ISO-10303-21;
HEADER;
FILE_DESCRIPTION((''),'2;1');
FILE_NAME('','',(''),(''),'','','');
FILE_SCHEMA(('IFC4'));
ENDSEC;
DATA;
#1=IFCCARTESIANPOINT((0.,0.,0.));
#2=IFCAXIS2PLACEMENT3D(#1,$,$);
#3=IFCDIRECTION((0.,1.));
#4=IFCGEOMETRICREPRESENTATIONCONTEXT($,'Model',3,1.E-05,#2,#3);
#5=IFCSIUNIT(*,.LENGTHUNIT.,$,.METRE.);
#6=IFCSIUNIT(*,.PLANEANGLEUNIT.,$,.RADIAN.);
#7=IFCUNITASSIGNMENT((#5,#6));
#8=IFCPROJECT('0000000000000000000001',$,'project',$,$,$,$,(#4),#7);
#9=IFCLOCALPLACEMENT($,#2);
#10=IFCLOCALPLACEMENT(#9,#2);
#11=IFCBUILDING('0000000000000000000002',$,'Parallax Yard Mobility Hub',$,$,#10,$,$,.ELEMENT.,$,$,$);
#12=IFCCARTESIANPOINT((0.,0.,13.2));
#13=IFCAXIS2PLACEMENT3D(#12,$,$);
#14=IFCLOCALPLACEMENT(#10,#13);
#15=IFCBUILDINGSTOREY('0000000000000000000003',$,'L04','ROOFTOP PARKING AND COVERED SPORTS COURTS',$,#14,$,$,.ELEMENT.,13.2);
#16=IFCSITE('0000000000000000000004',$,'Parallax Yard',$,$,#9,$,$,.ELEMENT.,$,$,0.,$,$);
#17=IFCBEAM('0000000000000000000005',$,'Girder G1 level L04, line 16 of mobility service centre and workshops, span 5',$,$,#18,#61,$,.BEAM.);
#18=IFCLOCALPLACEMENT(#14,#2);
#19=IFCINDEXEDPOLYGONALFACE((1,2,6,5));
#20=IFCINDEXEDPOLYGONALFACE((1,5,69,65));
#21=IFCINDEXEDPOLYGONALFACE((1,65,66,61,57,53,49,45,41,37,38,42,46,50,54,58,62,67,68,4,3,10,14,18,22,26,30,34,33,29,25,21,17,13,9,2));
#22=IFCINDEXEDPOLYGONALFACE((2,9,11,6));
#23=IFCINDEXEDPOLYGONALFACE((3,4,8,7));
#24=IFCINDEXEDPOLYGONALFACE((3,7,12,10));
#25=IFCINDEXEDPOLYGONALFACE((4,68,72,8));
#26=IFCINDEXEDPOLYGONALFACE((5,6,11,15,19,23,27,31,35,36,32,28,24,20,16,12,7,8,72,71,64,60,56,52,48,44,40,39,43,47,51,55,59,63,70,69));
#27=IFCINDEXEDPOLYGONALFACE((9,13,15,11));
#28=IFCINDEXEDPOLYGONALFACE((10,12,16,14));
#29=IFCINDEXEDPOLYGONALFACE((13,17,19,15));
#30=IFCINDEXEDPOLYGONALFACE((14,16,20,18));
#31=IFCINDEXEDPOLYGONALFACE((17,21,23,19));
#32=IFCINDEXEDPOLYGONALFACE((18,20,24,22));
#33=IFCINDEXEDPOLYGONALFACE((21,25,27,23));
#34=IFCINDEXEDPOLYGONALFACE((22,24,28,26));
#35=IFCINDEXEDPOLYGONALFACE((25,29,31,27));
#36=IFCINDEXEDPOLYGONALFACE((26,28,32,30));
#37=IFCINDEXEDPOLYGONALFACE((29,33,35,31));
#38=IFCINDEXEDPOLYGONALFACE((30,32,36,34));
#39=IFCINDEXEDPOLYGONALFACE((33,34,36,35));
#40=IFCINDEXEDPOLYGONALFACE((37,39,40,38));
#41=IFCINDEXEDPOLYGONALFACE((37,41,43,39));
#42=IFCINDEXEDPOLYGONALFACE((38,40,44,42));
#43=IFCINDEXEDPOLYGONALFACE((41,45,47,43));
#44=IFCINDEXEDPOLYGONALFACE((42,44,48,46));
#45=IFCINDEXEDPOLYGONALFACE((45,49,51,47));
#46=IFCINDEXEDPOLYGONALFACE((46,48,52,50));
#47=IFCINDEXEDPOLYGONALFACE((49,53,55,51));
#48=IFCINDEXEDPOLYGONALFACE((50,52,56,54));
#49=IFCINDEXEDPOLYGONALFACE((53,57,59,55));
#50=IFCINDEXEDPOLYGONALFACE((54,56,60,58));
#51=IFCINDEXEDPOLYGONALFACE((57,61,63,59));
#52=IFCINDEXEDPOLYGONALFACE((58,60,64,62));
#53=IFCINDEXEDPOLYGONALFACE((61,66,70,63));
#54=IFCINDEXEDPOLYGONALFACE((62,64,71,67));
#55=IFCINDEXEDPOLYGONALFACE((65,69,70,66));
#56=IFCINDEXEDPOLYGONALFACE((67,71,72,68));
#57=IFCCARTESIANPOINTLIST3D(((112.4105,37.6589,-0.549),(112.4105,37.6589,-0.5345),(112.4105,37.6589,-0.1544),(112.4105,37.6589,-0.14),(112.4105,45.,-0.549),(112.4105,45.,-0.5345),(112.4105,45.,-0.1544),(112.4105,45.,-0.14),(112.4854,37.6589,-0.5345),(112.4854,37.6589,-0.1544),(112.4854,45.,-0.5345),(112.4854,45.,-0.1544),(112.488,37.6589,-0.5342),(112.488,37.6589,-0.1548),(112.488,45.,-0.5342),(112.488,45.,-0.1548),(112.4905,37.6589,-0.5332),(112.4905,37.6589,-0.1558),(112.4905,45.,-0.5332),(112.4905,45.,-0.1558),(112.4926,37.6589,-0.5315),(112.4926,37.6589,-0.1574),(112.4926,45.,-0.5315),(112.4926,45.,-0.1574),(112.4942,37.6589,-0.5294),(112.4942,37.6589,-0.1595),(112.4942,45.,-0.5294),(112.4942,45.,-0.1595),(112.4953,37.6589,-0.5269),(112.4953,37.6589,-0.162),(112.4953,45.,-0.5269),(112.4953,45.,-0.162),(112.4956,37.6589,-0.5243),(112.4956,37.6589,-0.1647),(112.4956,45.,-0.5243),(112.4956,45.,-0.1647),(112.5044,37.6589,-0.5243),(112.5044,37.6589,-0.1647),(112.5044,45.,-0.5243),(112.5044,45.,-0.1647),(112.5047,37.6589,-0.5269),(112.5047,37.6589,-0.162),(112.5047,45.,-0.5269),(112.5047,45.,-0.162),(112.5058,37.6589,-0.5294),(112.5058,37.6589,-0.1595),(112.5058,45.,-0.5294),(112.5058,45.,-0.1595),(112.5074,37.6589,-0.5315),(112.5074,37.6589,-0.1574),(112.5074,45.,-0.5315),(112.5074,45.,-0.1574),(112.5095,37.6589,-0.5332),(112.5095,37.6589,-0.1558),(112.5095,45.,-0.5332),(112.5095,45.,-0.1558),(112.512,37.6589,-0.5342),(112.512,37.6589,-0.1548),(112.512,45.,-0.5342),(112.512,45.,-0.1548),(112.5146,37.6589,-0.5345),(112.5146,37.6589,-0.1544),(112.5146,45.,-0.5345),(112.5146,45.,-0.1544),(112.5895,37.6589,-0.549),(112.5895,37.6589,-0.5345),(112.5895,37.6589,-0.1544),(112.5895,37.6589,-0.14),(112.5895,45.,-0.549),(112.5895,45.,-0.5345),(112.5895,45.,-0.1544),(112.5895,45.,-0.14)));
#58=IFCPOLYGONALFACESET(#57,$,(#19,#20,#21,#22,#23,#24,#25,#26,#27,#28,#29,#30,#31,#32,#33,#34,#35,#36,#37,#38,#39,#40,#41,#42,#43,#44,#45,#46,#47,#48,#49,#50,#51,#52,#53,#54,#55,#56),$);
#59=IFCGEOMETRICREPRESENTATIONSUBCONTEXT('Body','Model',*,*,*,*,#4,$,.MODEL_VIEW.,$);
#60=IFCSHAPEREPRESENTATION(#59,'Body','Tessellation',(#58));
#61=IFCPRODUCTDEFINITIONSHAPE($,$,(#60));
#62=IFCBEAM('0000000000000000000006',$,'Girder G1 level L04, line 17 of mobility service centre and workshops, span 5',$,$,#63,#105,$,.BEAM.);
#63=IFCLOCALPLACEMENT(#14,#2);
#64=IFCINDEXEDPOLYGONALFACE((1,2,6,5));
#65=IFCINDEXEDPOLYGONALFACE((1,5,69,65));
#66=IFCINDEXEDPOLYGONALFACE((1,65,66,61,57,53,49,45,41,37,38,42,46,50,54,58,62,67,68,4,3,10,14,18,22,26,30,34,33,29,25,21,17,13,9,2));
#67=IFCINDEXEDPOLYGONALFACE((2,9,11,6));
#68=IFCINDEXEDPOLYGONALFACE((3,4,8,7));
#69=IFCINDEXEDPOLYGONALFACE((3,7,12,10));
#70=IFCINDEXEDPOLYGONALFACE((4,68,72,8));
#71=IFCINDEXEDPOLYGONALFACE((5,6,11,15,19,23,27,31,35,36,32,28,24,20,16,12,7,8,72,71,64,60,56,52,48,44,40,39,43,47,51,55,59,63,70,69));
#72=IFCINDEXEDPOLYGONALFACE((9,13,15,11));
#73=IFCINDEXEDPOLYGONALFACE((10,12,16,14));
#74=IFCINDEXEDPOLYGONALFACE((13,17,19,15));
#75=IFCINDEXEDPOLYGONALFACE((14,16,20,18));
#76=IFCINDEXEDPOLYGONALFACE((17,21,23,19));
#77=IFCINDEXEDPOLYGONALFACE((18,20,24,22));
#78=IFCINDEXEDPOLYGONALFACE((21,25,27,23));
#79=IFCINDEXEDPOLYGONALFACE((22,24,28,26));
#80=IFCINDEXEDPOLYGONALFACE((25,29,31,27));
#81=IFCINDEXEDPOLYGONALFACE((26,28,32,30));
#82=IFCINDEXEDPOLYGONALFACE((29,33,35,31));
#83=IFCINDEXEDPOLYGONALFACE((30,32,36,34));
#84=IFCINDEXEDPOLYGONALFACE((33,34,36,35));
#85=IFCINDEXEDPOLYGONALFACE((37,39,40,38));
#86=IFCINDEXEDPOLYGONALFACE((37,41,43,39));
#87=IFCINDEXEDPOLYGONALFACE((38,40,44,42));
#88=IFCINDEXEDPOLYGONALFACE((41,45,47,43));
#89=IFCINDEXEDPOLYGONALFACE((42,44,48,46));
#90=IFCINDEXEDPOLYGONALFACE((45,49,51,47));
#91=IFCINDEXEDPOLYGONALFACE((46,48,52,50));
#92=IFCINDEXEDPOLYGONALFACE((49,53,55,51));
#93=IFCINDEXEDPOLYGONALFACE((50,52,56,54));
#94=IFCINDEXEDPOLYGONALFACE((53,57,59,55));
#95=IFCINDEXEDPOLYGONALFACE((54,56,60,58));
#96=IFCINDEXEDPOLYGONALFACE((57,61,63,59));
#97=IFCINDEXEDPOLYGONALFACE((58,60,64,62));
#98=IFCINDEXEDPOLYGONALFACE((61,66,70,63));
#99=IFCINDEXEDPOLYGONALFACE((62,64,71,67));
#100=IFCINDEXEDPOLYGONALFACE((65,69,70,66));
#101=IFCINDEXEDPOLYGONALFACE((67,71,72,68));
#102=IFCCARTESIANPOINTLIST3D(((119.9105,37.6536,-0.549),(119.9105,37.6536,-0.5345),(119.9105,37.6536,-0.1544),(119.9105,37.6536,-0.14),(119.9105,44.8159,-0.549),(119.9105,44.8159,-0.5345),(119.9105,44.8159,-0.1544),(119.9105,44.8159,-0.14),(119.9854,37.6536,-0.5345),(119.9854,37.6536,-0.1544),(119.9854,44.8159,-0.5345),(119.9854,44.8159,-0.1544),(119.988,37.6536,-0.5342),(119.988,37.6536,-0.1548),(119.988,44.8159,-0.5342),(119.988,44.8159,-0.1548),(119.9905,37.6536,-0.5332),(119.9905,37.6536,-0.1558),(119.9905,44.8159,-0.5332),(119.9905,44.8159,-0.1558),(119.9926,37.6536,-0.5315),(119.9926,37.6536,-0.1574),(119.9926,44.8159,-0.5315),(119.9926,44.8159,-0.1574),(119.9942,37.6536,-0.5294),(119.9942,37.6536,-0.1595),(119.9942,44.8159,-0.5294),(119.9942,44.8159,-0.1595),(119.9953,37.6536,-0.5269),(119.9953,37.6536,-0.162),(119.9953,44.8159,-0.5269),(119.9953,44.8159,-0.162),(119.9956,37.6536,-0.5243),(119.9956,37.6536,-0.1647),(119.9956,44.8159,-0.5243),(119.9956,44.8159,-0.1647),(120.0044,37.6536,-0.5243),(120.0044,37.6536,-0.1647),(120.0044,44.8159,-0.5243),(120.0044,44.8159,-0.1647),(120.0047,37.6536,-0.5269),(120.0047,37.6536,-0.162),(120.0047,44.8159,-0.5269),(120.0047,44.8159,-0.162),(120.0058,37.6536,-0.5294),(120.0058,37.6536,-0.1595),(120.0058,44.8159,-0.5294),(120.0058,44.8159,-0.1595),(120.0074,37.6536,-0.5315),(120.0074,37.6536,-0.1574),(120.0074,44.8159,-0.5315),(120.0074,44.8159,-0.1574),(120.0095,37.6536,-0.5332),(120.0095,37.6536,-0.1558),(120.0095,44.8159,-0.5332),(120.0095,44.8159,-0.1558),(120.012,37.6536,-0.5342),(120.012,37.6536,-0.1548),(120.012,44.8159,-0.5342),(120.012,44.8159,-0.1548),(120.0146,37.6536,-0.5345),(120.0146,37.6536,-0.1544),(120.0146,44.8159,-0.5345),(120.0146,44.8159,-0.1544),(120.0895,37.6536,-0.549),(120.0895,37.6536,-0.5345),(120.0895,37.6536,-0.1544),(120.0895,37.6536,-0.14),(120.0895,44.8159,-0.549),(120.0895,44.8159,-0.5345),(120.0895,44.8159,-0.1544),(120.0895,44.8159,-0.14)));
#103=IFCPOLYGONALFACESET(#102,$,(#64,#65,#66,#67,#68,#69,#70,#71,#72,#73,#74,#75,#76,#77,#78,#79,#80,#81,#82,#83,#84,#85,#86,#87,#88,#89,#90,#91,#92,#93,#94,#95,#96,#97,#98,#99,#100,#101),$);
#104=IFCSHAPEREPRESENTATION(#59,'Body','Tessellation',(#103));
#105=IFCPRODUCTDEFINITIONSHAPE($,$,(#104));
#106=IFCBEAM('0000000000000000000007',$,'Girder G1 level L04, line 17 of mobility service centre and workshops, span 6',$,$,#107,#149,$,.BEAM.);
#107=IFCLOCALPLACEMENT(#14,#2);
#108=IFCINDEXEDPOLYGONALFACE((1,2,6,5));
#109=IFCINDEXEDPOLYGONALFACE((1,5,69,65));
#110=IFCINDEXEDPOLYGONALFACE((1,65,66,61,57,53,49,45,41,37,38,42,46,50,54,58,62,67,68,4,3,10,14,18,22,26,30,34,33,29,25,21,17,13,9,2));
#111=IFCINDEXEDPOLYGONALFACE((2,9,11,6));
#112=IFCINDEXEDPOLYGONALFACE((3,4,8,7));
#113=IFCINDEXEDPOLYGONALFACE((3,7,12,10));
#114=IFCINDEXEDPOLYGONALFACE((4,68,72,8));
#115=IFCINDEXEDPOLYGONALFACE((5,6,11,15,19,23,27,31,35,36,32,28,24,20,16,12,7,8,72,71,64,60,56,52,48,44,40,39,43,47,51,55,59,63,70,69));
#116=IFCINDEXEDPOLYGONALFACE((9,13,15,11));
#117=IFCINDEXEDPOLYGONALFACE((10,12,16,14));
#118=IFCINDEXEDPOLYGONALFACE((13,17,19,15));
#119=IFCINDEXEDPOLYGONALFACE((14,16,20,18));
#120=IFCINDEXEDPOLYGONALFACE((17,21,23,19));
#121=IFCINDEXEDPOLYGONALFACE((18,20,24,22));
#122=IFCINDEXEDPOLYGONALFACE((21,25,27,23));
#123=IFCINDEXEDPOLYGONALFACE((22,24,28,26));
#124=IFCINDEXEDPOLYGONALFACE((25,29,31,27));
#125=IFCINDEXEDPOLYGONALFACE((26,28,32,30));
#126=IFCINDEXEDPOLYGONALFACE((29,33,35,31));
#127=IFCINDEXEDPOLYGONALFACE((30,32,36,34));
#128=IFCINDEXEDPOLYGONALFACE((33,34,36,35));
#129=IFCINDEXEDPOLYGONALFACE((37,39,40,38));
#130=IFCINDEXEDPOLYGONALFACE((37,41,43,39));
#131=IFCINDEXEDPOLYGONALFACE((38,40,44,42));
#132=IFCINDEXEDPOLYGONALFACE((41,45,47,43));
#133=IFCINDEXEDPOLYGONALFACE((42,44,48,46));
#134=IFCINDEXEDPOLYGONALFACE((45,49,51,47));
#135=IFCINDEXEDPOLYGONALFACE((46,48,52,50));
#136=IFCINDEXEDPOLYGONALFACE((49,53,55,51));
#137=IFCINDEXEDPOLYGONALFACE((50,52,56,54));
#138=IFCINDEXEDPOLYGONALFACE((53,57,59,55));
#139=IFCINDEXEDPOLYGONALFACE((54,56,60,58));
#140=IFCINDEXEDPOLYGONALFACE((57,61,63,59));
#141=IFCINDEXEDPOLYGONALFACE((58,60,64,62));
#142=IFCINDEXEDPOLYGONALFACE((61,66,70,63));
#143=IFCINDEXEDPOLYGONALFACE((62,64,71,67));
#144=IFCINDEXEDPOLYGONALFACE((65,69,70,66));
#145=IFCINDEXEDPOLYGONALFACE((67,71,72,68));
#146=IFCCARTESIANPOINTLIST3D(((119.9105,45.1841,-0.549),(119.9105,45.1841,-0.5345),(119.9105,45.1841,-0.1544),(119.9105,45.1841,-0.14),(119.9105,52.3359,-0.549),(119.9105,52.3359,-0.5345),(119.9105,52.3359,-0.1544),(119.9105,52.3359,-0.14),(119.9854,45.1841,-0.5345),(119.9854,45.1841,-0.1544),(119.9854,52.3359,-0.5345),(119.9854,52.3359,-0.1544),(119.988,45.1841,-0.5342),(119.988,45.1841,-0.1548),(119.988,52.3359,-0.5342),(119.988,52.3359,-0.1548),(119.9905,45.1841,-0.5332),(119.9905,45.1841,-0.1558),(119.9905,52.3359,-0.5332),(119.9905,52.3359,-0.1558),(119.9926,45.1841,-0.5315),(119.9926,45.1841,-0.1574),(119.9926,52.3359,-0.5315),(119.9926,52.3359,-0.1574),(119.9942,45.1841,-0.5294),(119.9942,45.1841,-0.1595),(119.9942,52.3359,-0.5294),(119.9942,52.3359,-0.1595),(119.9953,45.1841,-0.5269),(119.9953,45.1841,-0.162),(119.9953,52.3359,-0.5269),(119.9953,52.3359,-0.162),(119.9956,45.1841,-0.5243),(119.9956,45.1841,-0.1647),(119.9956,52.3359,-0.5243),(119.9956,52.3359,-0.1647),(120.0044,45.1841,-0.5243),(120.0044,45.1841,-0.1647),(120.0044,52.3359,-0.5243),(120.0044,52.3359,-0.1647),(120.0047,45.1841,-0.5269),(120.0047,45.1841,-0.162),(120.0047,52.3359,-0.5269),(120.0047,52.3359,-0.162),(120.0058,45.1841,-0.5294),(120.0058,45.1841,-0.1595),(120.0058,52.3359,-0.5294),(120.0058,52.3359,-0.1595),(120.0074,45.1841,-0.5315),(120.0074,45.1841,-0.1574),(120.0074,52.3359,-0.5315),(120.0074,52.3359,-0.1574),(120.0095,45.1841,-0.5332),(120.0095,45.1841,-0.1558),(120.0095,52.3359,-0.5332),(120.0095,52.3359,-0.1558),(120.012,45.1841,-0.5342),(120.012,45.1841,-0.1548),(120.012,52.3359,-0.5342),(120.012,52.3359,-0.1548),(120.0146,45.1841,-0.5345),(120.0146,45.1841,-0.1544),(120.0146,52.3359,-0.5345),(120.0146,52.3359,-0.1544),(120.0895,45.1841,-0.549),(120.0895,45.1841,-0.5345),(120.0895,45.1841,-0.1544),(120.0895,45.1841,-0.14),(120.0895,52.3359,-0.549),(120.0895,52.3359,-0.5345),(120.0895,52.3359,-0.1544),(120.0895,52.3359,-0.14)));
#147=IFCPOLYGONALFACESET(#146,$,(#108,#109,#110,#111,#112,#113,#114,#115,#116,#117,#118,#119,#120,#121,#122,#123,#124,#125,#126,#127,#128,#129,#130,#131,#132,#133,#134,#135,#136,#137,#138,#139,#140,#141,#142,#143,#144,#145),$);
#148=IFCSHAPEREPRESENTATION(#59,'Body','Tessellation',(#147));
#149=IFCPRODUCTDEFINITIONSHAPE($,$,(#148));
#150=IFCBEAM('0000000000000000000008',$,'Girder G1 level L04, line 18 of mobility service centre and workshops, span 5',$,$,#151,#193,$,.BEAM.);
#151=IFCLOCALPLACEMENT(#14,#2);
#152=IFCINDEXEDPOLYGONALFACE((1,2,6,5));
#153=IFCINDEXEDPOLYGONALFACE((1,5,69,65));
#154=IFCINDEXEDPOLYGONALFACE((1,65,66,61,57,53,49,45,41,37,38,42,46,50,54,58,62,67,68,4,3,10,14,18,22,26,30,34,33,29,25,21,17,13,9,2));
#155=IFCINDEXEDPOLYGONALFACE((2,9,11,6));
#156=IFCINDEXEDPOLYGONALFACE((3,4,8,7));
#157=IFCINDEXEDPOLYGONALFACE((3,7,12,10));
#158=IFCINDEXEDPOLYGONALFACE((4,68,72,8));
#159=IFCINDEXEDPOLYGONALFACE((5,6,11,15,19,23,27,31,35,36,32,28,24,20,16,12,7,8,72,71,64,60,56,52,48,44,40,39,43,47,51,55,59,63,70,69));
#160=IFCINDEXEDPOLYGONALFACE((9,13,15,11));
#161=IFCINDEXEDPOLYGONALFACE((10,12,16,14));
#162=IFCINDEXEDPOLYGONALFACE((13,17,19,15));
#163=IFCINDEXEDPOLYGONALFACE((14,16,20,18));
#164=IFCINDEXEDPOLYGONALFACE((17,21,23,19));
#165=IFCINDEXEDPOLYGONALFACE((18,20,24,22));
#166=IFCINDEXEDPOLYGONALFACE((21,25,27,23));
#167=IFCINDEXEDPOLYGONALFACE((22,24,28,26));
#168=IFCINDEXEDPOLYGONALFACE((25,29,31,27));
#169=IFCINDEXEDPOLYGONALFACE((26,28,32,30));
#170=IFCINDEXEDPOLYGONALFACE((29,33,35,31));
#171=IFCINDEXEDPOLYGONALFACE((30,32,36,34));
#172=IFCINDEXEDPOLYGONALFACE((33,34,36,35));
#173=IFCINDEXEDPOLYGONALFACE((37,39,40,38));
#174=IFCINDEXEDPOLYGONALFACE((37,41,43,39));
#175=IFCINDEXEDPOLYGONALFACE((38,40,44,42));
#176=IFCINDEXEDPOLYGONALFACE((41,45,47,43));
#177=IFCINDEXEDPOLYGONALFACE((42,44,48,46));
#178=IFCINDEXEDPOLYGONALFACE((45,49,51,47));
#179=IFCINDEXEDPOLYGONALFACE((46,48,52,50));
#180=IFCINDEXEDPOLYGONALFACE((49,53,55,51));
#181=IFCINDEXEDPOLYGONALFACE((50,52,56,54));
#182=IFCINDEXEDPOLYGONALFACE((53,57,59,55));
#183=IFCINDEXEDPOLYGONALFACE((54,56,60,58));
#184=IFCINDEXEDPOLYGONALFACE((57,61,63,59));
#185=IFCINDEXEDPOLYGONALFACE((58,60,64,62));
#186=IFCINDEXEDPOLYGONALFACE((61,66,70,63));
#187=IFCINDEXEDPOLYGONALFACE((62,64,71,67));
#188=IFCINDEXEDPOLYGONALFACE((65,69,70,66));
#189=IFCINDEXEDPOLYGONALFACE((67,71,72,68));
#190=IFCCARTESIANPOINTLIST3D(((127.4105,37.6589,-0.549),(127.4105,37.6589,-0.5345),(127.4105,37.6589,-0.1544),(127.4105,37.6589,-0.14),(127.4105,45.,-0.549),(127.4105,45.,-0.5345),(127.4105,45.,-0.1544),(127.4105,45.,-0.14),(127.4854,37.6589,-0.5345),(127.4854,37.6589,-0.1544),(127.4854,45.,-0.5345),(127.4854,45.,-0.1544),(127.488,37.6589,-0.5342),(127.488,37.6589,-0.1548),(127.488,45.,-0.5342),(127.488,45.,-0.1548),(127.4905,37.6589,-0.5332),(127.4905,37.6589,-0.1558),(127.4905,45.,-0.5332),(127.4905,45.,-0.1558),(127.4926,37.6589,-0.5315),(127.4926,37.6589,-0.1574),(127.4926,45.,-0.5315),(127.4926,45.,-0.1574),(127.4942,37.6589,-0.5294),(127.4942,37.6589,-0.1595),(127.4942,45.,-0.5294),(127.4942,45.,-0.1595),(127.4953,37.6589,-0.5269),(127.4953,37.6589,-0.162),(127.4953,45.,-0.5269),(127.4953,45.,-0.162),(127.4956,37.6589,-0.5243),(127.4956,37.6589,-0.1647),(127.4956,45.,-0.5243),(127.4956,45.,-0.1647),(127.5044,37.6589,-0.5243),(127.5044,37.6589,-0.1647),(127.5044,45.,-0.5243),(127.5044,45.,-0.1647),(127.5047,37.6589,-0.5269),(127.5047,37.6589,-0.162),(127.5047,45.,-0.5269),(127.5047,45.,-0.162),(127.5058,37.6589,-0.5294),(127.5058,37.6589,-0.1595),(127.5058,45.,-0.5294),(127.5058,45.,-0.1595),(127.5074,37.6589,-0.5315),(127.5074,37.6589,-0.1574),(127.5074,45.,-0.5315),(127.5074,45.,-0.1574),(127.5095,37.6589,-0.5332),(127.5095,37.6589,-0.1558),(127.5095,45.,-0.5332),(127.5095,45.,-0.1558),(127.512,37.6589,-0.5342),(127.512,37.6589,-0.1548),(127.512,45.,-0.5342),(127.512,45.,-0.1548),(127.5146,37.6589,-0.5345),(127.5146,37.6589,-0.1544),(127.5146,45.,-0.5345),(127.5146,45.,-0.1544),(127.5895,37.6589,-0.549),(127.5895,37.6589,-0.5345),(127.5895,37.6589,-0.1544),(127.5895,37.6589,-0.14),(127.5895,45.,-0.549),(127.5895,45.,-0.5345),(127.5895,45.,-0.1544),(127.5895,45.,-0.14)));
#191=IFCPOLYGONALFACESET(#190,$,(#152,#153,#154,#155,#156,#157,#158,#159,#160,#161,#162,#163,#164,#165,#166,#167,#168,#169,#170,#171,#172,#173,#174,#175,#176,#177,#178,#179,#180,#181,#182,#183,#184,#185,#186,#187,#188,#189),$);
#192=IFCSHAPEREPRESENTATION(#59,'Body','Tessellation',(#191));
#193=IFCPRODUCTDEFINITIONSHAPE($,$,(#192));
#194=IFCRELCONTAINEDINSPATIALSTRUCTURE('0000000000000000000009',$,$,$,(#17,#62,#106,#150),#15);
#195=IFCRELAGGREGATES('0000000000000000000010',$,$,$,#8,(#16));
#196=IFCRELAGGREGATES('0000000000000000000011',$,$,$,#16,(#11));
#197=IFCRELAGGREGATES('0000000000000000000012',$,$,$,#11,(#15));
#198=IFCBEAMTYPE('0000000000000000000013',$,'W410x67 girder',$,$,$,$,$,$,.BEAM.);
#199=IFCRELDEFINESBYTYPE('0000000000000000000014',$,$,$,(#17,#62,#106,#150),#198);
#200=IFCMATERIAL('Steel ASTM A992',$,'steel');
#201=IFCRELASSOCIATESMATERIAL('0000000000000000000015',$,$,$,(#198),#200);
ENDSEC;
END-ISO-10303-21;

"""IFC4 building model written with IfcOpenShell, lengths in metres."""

from ifc_helpers import new_model, si_unit, direction, frame, origin, origin_2d, place, context, subcontext, project, spatial, i_section, extrude, material, material_profile, profile_set, type_object, element, save


model = new_model("IFC4")

# Units and contexts
model_context = context("Model", 3, precision=1e-05, world=origin(), true_north=direction((0.0, 1.0)))
body_context = subcontext(model_context, "Body", "Model", "MODEL_VIEW")
ifc_project = project(units=[si_unit("LENGTHUNIT", "METRE"), si_unit("PLANEANGLEUNIT", "RADIAN")], contexts=[model_context])

# Site, building, storey
site_placement = place(None, origin())
site = spatial("IfcSite", under=ifc_project, at=site_placement, Name="Parallax Yard", CompositionType="ELEMENT", RefElevation=0.0)
building_placement = place(site_placement, origin())
building = spatial("IfcBuilding", under=site, at=building_placement, Name="Parallax Yard Mobility Hub", CompositionType="ELEMENT")
storey_placement = place(building_placement, frame((0.0, 0.0, 13.2)))
storey = spatial("IfcBuildingStorey", under=building, at=storey_placement, Name="L04", Description="ROOFTOP PARKING AND COVERED SPORTS COURTS", CompositionType="ELEMENT", Elevation=13.2)

# Shared definitions
ifc_material_1 = material(Name="Steel ASTM A992", Category="steel")

# Beams
ifc_material_profile_1 = material_profile(ifc_material_1, i_section(OverallWidth=0.179, OverallDepth=0.4089, WebThickness=0.0088, FlangeThickness=0.0144, FilletRadius=0.0103, at=origin_2d()), Name="W410x67")
ifc_profile_set_1 = profile_set([ifc_material_profile_1], Name="Steel ASTM A992")
beam_type_1 = type_object("IfcBeamType", Name="W410x67 girder", PredefinedType="BEAM", material=ifc_profile_set_1)
beam_1_placement = place(storey_placement, frame((112.5, 37.6589, -0.3445), z_axis=(0.0, 1.0, 0.0), x_axis=(-1.0, 0.0, 0.0)))
element("IfcBeam", 1, at=beam_1_placement, inside=storey, type_object=beam_type_1, Name="Girder G1 level L04, line 16 of mobility service centre and workshops, span 5", PredefinedType="BEAM", context=body_context, shape_type="SweptSolid", body=[
    extrude(i_section(OverallWidth=0.179, OverallDepth=0.4089, WebThickness=0.0088, FlangeThickness=0.0144, FilletRadius=0.0103, at=origin_2d()), origin(), (0.0, 0.0, 1.0), 7.3411),
])
beam_2_placement = place(storey_placement, frame((120.0, 37.6536, -0.3445), z_axis=(0.0, 1.0, 0.0), x_axis=(-1.0, 0.0, 0.0)))
element("IfcBeam", 2, at=beam_2_placement, inside=storey, type_object=beam_type_1, Name="Girder G1 level L04, line 17 of mobility service centre and workshops, span 5", PredefinedType="BEAM", context=body_context, shape_type="SweptSolid", body=[
    extrude(i_section(OverallWidth=0.179, OverallDepth=0.4089, WebThickness=0.0088, FlangeThickness=0.0144, FilletRadius=0.0103, at=origin_2d()), origin(), (0.0, 0.0, 1.0), 7.1624),
])
beam_3_placement = place(storey_placement, frame((120.0, 45.1841, -0.3445), z_axis=(0.0, 1.0, 0.0), x_axis=(-1.0, 0.0, 0.0)))
element("IfcBeam", 3, at=beam_3_placement, inside=storey, type_object=beam_type_1, Name="Girder G1 level L04, line 17 of mobility service centre and workshops, span 6", PredefinedType="BEAM", context=body_context, shape_type="SweptSolid", body=[
    extrude(i_section(OverallWidth=0.179, OverallDepth=0.4089, WebThickness=0.0088, FlangeThickness=0.0144, FilletRadius=0.0103, at=origin_2d()), origin(), (0.0, 0.0, 1.0), 7.1519),
])
beam_4_placement = place(storey_placement, frame((127.5, 37.6589, -0.3445), z_axis=(0.0, 1.0, 0.0), x_axis=(-1.0, 0.0, 0.0)))
element("IfcBeam", 4, at=beam_4_placement, inside=storey, type_object=beam_type_1, Name="Girder G1 level L04, line 18 of mobility service centre and workshops, span 5", PredefinedType="BEAM", context=body_context, shape_type="SweptSolid", body=[
    extrude(i_section(OverallWidth=0.179, OverallDepth=0.4089, WebThickness=0.0088, FlangeThickness=0.0144, FilletRadius=0.0103, at=origin_2d()), origin(), (0.0, 0.0, 1.0), 7.3411),
])

save(model, "model.ifc")
